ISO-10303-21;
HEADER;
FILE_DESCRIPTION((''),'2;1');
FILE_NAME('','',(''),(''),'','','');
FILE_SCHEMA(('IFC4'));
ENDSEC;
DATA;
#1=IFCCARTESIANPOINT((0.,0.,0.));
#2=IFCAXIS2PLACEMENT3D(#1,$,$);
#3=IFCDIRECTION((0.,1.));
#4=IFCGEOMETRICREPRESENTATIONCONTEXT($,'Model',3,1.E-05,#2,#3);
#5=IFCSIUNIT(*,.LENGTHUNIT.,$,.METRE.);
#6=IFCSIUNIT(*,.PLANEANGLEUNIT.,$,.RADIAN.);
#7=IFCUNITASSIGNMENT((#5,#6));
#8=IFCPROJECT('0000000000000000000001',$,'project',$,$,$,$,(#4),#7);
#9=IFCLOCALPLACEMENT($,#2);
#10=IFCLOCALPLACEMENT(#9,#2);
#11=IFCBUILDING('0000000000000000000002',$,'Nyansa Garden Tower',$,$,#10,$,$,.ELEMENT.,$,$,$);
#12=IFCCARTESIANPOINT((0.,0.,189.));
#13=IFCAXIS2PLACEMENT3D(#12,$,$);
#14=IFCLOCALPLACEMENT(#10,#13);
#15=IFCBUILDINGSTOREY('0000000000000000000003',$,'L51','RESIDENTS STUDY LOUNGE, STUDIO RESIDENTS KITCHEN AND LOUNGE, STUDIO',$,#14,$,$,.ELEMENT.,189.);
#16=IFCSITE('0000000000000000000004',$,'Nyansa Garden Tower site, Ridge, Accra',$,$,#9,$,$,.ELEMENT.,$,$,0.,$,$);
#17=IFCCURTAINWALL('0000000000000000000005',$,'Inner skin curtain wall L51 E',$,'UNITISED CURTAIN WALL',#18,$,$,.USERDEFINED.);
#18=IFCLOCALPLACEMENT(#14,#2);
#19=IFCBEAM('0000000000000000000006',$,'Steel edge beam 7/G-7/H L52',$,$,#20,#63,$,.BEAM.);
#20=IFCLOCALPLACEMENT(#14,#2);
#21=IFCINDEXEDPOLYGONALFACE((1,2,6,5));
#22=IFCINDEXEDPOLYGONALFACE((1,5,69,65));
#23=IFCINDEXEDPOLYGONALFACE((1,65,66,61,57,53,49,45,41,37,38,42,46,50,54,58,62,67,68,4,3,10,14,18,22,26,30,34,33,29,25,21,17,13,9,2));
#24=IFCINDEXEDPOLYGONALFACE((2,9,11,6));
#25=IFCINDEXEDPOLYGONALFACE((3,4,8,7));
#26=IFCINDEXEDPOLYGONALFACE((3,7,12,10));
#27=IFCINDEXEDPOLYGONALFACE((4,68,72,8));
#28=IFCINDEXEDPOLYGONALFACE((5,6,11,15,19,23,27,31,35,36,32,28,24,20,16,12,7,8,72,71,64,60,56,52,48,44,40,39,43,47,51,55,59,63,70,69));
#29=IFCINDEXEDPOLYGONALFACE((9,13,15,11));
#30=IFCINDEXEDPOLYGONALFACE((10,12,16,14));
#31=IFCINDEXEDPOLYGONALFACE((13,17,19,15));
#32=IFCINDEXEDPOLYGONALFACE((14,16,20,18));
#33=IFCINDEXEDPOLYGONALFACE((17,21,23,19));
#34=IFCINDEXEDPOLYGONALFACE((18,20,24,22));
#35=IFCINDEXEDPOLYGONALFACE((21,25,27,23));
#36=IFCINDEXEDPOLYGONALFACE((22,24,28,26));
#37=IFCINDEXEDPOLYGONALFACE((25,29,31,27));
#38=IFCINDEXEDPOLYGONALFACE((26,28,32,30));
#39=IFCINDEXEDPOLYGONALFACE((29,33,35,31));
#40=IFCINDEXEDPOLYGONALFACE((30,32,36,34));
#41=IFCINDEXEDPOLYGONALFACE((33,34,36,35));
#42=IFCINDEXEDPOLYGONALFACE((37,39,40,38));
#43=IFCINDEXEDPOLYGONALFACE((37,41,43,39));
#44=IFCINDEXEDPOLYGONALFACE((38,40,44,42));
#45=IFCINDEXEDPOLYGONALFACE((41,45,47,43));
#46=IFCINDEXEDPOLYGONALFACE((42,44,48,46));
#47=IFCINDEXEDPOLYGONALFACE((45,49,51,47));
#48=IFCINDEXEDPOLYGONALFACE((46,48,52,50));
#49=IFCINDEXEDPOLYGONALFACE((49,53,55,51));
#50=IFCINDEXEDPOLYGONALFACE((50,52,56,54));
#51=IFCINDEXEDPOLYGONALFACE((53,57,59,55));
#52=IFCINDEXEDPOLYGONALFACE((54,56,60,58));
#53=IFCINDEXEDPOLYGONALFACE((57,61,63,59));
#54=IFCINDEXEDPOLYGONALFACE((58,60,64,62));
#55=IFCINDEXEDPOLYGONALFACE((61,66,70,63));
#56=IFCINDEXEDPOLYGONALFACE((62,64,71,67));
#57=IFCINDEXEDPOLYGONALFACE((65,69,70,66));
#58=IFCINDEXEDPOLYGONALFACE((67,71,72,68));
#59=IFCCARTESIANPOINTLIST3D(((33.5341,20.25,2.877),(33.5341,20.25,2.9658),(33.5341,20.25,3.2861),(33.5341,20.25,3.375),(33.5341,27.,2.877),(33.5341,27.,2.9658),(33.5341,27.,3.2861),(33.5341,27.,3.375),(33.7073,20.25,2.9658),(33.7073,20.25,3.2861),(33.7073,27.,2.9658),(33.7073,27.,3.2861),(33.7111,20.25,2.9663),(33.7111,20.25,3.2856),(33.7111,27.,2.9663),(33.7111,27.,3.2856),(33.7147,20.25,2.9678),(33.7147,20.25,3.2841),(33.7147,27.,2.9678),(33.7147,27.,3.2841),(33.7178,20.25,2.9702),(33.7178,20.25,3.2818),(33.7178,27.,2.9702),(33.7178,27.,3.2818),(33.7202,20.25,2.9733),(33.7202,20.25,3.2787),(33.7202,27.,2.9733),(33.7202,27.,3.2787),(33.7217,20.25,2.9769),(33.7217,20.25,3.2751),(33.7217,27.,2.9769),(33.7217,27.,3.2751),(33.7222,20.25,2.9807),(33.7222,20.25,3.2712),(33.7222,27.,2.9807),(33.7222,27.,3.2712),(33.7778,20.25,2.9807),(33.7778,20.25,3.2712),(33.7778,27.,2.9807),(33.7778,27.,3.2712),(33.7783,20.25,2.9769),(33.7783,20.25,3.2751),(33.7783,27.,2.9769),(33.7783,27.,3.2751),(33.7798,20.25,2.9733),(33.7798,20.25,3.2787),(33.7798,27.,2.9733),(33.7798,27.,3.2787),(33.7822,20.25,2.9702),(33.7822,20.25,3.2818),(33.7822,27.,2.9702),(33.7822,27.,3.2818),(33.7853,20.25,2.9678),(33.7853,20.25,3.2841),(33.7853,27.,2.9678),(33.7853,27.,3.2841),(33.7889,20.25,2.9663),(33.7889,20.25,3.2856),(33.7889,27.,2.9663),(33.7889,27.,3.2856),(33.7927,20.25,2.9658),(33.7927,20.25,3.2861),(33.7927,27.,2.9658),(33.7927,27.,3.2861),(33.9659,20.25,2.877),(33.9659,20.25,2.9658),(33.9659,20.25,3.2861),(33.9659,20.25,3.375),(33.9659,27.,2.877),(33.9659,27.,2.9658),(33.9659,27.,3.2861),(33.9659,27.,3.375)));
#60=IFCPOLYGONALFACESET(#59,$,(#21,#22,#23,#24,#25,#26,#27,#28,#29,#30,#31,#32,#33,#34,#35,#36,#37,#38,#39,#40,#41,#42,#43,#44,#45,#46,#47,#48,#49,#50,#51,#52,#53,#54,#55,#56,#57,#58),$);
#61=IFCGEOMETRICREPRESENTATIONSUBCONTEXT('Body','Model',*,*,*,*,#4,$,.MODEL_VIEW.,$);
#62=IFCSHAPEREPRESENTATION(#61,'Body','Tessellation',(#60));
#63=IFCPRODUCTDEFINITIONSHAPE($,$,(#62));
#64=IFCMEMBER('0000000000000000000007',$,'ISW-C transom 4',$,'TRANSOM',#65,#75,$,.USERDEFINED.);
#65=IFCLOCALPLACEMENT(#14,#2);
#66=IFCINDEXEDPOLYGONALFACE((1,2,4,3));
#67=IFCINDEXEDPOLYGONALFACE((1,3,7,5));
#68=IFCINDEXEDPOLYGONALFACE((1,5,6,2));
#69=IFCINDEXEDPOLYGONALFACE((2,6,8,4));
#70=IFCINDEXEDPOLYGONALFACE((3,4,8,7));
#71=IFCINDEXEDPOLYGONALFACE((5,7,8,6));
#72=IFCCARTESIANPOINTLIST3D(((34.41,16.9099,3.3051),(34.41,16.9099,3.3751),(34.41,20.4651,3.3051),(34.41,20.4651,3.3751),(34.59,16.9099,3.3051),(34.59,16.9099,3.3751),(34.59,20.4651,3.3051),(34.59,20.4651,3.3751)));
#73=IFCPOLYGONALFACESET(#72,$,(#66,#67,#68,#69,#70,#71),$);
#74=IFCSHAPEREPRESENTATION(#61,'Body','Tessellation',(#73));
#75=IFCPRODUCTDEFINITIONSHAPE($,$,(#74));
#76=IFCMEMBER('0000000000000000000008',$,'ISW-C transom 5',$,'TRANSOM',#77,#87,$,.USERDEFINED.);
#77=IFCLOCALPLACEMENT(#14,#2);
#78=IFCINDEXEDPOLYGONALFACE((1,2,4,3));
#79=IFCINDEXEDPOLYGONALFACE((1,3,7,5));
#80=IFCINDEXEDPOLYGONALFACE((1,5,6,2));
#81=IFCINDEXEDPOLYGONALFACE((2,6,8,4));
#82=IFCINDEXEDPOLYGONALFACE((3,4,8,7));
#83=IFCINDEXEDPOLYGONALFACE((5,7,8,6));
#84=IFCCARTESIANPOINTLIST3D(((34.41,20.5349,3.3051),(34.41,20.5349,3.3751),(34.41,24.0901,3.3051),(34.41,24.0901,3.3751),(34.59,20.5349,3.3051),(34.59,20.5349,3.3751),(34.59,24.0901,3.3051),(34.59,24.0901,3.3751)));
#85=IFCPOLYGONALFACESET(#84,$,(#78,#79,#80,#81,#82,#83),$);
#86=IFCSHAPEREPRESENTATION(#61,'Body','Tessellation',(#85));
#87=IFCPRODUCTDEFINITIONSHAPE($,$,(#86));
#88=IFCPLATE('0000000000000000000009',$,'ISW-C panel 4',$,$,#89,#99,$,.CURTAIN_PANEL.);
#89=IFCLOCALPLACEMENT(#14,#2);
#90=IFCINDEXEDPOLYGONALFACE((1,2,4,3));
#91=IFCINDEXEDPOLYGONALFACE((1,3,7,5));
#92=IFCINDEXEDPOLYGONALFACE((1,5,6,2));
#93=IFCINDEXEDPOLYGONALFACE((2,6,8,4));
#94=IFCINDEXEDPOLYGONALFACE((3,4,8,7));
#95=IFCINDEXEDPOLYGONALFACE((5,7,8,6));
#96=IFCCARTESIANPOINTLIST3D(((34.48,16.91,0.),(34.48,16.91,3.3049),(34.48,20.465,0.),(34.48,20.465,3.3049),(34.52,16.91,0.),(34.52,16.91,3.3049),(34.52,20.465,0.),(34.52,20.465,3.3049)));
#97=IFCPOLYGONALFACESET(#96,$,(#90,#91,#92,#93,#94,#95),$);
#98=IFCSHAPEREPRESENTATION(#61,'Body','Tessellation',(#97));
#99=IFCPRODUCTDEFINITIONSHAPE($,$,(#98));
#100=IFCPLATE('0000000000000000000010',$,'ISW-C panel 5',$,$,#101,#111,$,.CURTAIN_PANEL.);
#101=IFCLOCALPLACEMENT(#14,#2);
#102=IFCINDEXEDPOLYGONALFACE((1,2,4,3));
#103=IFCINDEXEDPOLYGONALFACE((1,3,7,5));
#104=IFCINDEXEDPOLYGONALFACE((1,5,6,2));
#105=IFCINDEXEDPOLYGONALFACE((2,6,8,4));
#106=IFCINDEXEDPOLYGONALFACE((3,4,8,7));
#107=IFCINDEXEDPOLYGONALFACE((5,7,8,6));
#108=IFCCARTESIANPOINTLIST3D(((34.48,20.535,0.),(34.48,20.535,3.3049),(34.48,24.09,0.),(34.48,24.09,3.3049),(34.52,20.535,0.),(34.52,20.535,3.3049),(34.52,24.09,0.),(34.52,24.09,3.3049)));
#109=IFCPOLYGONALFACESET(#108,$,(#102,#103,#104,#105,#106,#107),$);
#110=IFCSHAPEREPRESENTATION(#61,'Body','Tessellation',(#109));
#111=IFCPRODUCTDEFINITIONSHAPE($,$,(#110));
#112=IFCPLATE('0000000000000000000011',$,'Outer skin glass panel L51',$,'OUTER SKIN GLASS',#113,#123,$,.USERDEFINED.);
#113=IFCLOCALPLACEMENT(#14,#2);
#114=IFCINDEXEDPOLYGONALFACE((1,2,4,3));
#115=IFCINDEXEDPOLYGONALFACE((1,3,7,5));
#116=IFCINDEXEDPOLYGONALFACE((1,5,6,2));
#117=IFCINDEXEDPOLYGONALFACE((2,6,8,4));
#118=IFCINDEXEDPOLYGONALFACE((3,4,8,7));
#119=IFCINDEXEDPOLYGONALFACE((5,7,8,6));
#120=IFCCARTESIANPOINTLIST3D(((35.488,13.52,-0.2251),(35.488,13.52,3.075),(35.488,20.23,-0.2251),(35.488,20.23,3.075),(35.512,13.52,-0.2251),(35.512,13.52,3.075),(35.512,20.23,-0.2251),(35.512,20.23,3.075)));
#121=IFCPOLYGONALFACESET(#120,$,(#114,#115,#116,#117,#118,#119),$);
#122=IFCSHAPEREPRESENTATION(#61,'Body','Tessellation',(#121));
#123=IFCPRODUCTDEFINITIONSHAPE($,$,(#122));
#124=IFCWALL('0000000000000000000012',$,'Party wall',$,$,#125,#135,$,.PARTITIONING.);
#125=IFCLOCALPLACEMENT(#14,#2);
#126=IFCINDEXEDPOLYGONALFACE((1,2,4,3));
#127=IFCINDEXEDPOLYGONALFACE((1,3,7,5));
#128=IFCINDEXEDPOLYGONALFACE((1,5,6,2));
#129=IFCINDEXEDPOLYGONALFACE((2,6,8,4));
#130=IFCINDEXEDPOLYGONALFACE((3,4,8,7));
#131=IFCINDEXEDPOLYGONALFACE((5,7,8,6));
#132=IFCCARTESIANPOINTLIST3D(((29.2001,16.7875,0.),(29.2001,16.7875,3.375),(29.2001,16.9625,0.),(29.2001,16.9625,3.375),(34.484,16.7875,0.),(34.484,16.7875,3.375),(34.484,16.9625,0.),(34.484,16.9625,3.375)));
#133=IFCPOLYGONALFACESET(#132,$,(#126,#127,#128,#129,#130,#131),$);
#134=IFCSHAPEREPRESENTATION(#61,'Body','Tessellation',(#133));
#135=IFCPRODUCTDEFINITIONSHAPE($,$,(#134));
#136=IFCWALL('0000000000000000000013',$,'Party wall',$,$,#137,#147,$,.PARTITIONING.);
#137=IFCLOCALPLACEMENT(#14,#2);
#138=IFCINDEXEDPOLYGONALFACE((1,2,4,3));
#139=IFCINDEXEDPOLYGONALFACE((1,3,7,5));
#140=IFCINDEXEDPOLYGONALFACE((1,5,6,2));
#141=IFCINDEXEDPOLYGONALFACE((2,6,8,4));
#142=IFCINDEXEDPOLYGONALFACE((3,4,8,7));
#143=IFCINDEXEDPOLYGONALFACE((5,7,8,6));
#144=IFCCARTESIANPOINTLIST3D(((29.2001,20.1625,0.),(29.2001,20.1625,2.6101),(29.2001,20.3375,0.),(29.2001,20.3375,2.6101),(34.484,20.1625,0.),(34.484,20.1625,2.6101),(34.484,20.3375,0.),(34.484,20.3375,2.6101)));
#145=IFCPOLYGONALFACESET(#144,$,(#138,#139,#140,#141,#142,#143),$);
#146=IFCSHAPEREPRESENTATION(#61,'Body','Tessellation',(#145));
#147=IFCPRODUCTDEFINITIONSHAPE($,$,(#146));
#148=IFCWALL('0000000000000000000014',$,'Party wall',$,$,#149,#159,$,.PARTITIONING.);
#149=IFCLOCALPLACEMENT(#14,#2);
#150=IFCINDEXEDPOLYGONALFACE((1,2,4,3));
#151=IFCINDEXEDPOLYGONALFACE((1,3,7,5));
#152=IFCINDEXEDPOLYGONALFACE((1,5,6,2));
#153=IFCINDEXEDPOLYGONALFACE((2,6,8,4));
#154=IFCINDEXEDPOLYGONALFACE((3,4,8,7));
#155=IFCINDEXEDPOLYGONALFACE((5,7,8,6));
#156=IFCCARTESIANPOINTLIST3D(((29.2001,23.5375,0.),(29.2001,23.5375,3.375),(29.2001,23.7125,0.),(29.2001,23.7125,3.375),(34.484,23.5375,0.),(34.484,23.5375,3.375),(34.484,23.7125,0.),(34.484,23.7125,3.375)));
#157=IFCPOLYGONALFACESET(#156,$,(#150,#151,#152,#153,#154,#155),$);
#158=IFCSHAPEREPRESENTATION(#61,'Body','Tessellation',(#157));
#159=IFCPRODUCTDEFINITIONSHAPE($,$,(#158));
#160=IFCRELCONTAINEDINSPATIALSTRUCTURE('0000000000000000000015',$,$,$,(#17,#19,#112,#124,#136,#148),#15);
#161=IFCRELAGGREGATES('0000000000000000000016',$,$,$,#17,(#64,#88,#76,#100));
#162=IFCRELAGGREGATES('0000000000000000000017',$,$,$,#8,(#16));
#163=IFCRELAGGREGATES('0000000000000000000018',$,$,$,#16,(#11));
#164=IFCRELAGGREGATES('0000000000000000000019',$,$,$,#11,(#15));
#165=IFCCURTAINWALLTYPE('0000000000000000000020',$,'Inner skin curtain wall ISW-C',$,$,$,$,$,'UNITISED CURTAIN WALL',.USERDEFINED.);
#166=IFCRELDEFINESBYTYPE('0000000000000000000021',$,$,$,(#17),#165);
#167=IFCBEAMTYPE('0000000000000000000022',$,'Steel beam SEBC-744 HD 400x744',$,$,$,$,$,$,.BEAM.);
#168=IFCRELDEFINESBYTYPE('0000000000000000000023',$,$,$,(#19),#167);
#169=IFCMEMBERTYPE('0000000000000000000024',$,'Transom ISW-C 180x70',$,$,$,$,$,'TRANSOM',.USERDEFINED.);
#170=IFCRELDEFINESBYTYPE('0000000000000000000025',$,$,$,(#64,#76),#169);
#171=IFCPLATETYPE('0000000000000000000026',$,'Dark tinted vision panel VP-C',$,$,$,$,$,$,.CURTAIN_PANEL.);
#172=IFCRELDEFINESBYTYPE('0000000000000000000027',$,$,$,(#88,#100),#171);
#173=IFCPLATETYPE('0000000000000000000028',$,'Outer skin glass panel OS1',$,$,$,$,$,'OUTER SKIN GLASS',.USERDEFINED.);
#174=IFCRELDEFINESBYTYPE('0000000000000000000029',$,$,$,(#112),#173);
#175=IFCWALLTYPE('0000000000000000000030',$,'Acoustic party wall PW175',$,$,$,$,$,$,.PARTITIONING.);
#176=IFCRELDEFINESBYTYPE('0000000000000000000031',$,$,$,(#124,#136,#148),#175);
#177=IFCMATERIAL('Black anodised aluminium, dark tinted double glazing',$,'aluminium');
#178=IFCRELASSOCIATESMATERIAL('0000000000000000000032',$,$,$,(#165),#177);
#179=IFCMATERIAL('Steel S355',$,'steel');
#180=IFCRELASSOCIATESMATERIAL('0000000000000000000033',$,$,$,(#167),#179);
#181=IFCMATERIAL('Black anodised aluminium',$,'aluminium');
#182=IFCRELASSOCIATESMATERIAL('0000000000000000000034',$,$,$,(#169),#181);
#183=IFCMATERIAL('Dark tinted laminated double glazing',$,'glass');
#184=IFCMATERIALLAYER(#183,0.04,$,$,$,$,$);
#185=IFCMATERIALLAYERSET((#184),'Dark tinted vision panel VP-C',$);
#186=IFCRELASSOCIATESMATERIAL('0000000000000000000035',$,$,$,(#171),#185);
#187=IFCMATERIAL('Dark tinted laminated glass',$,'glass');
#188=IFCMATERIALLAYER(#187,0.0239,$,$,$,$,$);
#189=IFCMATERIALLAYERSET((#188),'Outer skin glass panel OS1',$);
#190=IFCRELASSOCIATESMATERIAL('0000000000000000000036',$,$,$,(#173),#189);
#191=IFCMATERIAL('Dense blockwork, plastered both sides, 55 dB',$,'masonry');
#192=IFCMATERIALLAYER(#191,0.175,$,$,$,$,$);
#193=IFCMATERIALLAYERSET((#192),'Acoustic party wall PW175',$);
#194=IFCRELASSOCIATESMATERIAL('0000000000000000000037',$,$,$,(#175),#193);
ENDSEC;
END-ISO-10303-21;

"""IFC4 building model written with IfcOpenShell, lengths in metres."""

from ifc_helpers import new_model, si_unit, direction, frame, frame_2d, origin, origin_2d, place, context, subcontext, project, spatial, rectangle, i_section, extrude, material, layer, layer_set, material_profile, profile_set, type_object, element, aggregate, save


model = new_model("IFC4")

# Units and contexts
model_context = context("Model", 3, precision=1e-05, world=origin(), true_north=direction((0.0, 1.0)))
body_context = subcontext(model_context, "Body", "Model", "MODEL_VIEW")
ifc_project = project(units=[si_unit("LENGTHUNIT", "METRE"), si_unit("PLANEANGLEUNIT", "RADIAN")], contexts=[model_context])

# Site, building, storey
site_placement = place(None, origin())
site = spatial("IfcSite", under=ifc_project, at=site_placement, Name="Nyansa Garden Tower site, Ridge, Accra", CompositionType="ELEMENT", RefElevation=0.0)
building_placement = place(site_placement, origin())
building = spatial("IfcBuilding", under=site, at=building_placement, Name="Nyansa Garden Tower", CompositionType="ELEMENT")
storey_placement = place(building_placement, frame((0.0, 0.0, 189.0)))
storey = spatial("IfcBuildingStorey", under=building, at=storey_placement, Name="L51", Description="RESIDENTS STUDY LOUNGE, STUDIO RESIDENTS KITCHEN AND LOUNGE, STUDIO", CompositionType="ELEMENT", Elevation=189.0)

# Curtain wall
ifc_material_1 = material(Name="Black anodised aluminium, dark tinted double glazing", Category="aluminium")
curtain_wall_type = type_object("IfcCurtainWallType", Name="Inner skin curtain wall ISW-C", ElementType="UNITISED CURTAIN WALL", PredefinedType="USERDEFINED", material=ifc_material_1)
curtain_wall_placement = place(storey_placement, origin())
curtain_wall = element("IfcCurtainWall", 1, at=curtain_wall_placement, inside=storey, type_object=curtain_wall_type, Name="Inner skin curtain wall L51 E", ObjectType="UNITISED CURTAIN WALL", PredefinedType="USERDEFINED")

# Beam
ifc_material_2 = material(Name="Steel S355", Category="steel")
ifc_material_profile_1 = material_profile(ifc_material_2, i_section(OverallWidth=0.4319, OverallDepth=0.498, WebThickness=0.0557, FlangeThickness=0.0889, FilletRadius=0.0149, at=origin_2d()), Name="HD 400x744")
ifc_profile_set_1 = profile_set([ifc_material_profile_1], Name="Steel S355")
beam_type_1 = type_object("IfcBeamType", Name="Steel beam SEBC-744 HD 400x744", PredefinedType="BEAM", material=ifc_profile_set_1)
beam_1_placement = place(storey_placement, frame((33.75, 20.25, 3.126), z_axis=(0.0, 1.0, 0.0), x_axis=(-1.0, 0.0, 0.0)))
element("IfcBeam", 2, at=beam_1_placement, inside=storey, type_object=beam_type_1, Name="Steel edge beam 7/G-7/H L52", PredefinedType="BEAM", context=body_context, shape_type="SweptSolid", body=[
    extrude(i_section(OverallWidth=0.4319, OverallDepth=0.498, WebThickness=0.0557, FlangeThickness=0.0889, FilletRadius=0.0149, at=origin_2d()), origin(), (0.0, 0.0, 1.0), 6.75),
])

# Members
ifc_material_3 = material(Name="Black anodised aluminium", Category="aluminium")
ifc_material_profile_2 = material_profile(ifc_material_3, rectangle(XDim=0.1799, YDim=0.0701, at=origin_2d()), Name="Transom 180x70")
ifc_profile_set_2 = profile_set([ifc_material_profile_2], Name="Black anodised aluminium")
member_type_1 = type_object("IfcMemberType", Name="Transom ISW-C 180x70", ElementType="TRANSOM", PredefinedType="USERDEFINED", material=ifc_profile_set_2)
member_1_placement = place(storey_placement, frame((34.5, 16.9099, 3.3401), z_axis=(0.0, 1.0, 0.0), x_axis=(-1.0, 0.0, 0.0)))
member_1 = element("IfcMember", 3, at=member_1_placement, type_object=member_type_1, Name="ISW-C transom 4", ObjectType="TRANSOM", PredefinedType="USERDEFINED", context=body_context, shape_type="SweptSolid", body=[
    extrude(rectangle(XDim=0.1799, YDim=0.0701, at=origin_2d()), origin(), (0.0, 0.0, 1.0), 3.5552),
])
member_2_placement = place(storey_placement, frame((34.5, 20.5349, 3.3401), z_axis=(0.0, 1.0, 0.0), x_axis=(-1.0, 0.0, 0.0)))
member_2 = element("IfcMember", 4, at=member_2_placement, type_object=member_type_1, Name="ISW-C transom 5", ObjectType="TRANSOM", PredefinedType="USERDEFINED", context=body_context, shape_type="SweptSolid", body=[
    extrude(rectangle(XDim=0.1799, YDim=0.0701, at=origin_2d()), origin(), (0.0, 0.0, 1.0), 3.5552),
])

# Plates
ifc_material_4 = material(Name="Dark tinted laminated double glazing", Category="glass")
ifc_layer_1 = layer(ifc_material_4, 0.04)
ifc_layer_set_1 = layer_set([ifc_layer_1], Name="Dark tinted vision panel VP-C")
plate_type_1 = type_object("IfcPlateType", Name="Dark tinted vision panel VP-C", PredefinedType="CURTAIN_PANEL", material=ifc_layer_set_1)
plate_1_placement = place(storey_placement, frame((34.5, 18.6875, 0.0), z_axis=(0.0, 0.0, 1.0), x_axis=(0.0, 1.0, 0.0)))
plate_1 = element("IfcPlate", 5, at=plate_1_placement, type_object=plate_type_1, Name="ISW-C panel 4", PredefinedType="CURTAIN_PANEL", context=body_context, shape_type="SweptSolid", body=[
    extrude(rectangle(XDim=3.5549, YDim=0.04, at=origin_2d()), origin(), (0.0, 0.0, 1.0), 3.3049),
])
plate_2_placement = place(storey_placement, frame((34.5, 22.3125, 0.0), z_axis=(0.0, 0.0, 1.0), x_axis=(0.0, 1.0, 0.0)))
plate_2 = element("IfcPlate", 6, at=plate_2_placement, type_object=plate_type_1, Name="ISW-C panel 5", PredefinedType="CURTAIN_PANEL", context=body_context, shape_type="SweptSolid", body=[
    extrude(rectangle(XDim=3.5549, YDim=0.04, at=origin_2d()), origin(), (0.0, 0.0, 1.0), 3.3049),
])
aggregate(curtain_wall, [member_1, plate_1, member_2, plate_2])
ifc_material_5 = material(Name="Dark tinted laminated glass", Category="glass")
ifc_layer_2 = layer(ifc_material_5, 0.0239)
ifc_layer_set_2 = layer_set([ifc_layer_2], Name="Outer skin glass panel OS1")
plate_type_2 = type_object("IfcPlateType", Name="Outer skin glass panel OS1", ElementType="OUTER SKIN GLASS", PredefinedType="USERDEFINED", material=ifc_layer_set_2)
plate_3_placement = place(storey_placement, frame((35.5, 16.875, -0.2251), z_axis=(0.0, 0.0, 1.0), x_axis=(0.0, 1.0, 0.0)))
element("IfcPlate", 7, at=plate_3_placement, inside=storey, type_object=plate_type_2, Name="Outer skin glass panel L51", ObjectType="OUTER SKIN GLASS", PredefinedType="USERDEFINED", context=body_context, shape_type="SweptSolid", body=[
    extrude(rectangle(XDim=6.71, YDim=0.0239, at=origin_2d()), origin(), (0.0, 0.0, 1.0), 3.3),
])

# Walls
ifc_material_6 = material(Name="Dense blockwork, plastered both sides, 55 dB", Category="masonry")
ifc_layer_3 = layer(ifc_material_6, 0.175)
ifc_layer_set_3 = layer_set([ifc_layer_3], Name="Acoustic party wall PW175")
wall_type_1 = type_object("IfcWallType", Name="Acoustic party wall PW175", PredefinedType="PARTITIONING", material=ifc_layer_set_3)
wall_1_placement = place(storey_placement, frame((29.2, 16.875, 0.0), z_axis=(0.0, 0.0, 1.0), x_axis=(1.0, 0.0, 0.0)))
element("IfcWall", 8, at=wall_1_placement, inside=storey, type_object=wall_type_1, Name="Party wall", PredefinedType="PARTITIONING", context=body_context, shape_type="SweptSolid", body=[
    extrude(rectangle(XDim=5.2839, YDim=0.175, at=frame_2d((2.6421, 0.0))), origin(), (0.0, 0.0, 1.0), 3.375),
])
wall_2_placement = place(storey_placement, frame((29.2, 20.25, 0.0), z_axis=(0.0, 0.0, 1.0), x_axis=(1.0, 0.0, 0.0)))
element("IfcWall", 9, at=wall_2_placement, inside=storey, type_object=wall_type_1, Name="Party wall", PredefinedType="PARTITIONING", context=body_context, shape_type="SweptSolid", body=[
    extrude(rectangle(XDim=5.2839, YDim=0.175, at=frame_2d((2.6421, 0.0))), origin(), (0.0, 0.0, 1.0), 2.6101),
])
wall_3_placement = place(storey_placement, frame((29.2, 23.625, 0.0), z_axis=(0.0, 0.0, 1.0), x_axis=(1.0, 0.0, 0.0)))
element("IfcWall", 10, at=wall_3_placement, inside=storey, type_object=wall_type_1, Name="Party wall", PredefinedType="PARTITIONING", context=body_context, shape_type="SweptSolid", body=[
    extrude(rectangle(XDim=5.2839, YDim=0.175, at=frame_2d((2.6421, 0.0))), origin(), (0.0, 0.0, 1.0), 3.375),
])

save(model, "model.ifc")
